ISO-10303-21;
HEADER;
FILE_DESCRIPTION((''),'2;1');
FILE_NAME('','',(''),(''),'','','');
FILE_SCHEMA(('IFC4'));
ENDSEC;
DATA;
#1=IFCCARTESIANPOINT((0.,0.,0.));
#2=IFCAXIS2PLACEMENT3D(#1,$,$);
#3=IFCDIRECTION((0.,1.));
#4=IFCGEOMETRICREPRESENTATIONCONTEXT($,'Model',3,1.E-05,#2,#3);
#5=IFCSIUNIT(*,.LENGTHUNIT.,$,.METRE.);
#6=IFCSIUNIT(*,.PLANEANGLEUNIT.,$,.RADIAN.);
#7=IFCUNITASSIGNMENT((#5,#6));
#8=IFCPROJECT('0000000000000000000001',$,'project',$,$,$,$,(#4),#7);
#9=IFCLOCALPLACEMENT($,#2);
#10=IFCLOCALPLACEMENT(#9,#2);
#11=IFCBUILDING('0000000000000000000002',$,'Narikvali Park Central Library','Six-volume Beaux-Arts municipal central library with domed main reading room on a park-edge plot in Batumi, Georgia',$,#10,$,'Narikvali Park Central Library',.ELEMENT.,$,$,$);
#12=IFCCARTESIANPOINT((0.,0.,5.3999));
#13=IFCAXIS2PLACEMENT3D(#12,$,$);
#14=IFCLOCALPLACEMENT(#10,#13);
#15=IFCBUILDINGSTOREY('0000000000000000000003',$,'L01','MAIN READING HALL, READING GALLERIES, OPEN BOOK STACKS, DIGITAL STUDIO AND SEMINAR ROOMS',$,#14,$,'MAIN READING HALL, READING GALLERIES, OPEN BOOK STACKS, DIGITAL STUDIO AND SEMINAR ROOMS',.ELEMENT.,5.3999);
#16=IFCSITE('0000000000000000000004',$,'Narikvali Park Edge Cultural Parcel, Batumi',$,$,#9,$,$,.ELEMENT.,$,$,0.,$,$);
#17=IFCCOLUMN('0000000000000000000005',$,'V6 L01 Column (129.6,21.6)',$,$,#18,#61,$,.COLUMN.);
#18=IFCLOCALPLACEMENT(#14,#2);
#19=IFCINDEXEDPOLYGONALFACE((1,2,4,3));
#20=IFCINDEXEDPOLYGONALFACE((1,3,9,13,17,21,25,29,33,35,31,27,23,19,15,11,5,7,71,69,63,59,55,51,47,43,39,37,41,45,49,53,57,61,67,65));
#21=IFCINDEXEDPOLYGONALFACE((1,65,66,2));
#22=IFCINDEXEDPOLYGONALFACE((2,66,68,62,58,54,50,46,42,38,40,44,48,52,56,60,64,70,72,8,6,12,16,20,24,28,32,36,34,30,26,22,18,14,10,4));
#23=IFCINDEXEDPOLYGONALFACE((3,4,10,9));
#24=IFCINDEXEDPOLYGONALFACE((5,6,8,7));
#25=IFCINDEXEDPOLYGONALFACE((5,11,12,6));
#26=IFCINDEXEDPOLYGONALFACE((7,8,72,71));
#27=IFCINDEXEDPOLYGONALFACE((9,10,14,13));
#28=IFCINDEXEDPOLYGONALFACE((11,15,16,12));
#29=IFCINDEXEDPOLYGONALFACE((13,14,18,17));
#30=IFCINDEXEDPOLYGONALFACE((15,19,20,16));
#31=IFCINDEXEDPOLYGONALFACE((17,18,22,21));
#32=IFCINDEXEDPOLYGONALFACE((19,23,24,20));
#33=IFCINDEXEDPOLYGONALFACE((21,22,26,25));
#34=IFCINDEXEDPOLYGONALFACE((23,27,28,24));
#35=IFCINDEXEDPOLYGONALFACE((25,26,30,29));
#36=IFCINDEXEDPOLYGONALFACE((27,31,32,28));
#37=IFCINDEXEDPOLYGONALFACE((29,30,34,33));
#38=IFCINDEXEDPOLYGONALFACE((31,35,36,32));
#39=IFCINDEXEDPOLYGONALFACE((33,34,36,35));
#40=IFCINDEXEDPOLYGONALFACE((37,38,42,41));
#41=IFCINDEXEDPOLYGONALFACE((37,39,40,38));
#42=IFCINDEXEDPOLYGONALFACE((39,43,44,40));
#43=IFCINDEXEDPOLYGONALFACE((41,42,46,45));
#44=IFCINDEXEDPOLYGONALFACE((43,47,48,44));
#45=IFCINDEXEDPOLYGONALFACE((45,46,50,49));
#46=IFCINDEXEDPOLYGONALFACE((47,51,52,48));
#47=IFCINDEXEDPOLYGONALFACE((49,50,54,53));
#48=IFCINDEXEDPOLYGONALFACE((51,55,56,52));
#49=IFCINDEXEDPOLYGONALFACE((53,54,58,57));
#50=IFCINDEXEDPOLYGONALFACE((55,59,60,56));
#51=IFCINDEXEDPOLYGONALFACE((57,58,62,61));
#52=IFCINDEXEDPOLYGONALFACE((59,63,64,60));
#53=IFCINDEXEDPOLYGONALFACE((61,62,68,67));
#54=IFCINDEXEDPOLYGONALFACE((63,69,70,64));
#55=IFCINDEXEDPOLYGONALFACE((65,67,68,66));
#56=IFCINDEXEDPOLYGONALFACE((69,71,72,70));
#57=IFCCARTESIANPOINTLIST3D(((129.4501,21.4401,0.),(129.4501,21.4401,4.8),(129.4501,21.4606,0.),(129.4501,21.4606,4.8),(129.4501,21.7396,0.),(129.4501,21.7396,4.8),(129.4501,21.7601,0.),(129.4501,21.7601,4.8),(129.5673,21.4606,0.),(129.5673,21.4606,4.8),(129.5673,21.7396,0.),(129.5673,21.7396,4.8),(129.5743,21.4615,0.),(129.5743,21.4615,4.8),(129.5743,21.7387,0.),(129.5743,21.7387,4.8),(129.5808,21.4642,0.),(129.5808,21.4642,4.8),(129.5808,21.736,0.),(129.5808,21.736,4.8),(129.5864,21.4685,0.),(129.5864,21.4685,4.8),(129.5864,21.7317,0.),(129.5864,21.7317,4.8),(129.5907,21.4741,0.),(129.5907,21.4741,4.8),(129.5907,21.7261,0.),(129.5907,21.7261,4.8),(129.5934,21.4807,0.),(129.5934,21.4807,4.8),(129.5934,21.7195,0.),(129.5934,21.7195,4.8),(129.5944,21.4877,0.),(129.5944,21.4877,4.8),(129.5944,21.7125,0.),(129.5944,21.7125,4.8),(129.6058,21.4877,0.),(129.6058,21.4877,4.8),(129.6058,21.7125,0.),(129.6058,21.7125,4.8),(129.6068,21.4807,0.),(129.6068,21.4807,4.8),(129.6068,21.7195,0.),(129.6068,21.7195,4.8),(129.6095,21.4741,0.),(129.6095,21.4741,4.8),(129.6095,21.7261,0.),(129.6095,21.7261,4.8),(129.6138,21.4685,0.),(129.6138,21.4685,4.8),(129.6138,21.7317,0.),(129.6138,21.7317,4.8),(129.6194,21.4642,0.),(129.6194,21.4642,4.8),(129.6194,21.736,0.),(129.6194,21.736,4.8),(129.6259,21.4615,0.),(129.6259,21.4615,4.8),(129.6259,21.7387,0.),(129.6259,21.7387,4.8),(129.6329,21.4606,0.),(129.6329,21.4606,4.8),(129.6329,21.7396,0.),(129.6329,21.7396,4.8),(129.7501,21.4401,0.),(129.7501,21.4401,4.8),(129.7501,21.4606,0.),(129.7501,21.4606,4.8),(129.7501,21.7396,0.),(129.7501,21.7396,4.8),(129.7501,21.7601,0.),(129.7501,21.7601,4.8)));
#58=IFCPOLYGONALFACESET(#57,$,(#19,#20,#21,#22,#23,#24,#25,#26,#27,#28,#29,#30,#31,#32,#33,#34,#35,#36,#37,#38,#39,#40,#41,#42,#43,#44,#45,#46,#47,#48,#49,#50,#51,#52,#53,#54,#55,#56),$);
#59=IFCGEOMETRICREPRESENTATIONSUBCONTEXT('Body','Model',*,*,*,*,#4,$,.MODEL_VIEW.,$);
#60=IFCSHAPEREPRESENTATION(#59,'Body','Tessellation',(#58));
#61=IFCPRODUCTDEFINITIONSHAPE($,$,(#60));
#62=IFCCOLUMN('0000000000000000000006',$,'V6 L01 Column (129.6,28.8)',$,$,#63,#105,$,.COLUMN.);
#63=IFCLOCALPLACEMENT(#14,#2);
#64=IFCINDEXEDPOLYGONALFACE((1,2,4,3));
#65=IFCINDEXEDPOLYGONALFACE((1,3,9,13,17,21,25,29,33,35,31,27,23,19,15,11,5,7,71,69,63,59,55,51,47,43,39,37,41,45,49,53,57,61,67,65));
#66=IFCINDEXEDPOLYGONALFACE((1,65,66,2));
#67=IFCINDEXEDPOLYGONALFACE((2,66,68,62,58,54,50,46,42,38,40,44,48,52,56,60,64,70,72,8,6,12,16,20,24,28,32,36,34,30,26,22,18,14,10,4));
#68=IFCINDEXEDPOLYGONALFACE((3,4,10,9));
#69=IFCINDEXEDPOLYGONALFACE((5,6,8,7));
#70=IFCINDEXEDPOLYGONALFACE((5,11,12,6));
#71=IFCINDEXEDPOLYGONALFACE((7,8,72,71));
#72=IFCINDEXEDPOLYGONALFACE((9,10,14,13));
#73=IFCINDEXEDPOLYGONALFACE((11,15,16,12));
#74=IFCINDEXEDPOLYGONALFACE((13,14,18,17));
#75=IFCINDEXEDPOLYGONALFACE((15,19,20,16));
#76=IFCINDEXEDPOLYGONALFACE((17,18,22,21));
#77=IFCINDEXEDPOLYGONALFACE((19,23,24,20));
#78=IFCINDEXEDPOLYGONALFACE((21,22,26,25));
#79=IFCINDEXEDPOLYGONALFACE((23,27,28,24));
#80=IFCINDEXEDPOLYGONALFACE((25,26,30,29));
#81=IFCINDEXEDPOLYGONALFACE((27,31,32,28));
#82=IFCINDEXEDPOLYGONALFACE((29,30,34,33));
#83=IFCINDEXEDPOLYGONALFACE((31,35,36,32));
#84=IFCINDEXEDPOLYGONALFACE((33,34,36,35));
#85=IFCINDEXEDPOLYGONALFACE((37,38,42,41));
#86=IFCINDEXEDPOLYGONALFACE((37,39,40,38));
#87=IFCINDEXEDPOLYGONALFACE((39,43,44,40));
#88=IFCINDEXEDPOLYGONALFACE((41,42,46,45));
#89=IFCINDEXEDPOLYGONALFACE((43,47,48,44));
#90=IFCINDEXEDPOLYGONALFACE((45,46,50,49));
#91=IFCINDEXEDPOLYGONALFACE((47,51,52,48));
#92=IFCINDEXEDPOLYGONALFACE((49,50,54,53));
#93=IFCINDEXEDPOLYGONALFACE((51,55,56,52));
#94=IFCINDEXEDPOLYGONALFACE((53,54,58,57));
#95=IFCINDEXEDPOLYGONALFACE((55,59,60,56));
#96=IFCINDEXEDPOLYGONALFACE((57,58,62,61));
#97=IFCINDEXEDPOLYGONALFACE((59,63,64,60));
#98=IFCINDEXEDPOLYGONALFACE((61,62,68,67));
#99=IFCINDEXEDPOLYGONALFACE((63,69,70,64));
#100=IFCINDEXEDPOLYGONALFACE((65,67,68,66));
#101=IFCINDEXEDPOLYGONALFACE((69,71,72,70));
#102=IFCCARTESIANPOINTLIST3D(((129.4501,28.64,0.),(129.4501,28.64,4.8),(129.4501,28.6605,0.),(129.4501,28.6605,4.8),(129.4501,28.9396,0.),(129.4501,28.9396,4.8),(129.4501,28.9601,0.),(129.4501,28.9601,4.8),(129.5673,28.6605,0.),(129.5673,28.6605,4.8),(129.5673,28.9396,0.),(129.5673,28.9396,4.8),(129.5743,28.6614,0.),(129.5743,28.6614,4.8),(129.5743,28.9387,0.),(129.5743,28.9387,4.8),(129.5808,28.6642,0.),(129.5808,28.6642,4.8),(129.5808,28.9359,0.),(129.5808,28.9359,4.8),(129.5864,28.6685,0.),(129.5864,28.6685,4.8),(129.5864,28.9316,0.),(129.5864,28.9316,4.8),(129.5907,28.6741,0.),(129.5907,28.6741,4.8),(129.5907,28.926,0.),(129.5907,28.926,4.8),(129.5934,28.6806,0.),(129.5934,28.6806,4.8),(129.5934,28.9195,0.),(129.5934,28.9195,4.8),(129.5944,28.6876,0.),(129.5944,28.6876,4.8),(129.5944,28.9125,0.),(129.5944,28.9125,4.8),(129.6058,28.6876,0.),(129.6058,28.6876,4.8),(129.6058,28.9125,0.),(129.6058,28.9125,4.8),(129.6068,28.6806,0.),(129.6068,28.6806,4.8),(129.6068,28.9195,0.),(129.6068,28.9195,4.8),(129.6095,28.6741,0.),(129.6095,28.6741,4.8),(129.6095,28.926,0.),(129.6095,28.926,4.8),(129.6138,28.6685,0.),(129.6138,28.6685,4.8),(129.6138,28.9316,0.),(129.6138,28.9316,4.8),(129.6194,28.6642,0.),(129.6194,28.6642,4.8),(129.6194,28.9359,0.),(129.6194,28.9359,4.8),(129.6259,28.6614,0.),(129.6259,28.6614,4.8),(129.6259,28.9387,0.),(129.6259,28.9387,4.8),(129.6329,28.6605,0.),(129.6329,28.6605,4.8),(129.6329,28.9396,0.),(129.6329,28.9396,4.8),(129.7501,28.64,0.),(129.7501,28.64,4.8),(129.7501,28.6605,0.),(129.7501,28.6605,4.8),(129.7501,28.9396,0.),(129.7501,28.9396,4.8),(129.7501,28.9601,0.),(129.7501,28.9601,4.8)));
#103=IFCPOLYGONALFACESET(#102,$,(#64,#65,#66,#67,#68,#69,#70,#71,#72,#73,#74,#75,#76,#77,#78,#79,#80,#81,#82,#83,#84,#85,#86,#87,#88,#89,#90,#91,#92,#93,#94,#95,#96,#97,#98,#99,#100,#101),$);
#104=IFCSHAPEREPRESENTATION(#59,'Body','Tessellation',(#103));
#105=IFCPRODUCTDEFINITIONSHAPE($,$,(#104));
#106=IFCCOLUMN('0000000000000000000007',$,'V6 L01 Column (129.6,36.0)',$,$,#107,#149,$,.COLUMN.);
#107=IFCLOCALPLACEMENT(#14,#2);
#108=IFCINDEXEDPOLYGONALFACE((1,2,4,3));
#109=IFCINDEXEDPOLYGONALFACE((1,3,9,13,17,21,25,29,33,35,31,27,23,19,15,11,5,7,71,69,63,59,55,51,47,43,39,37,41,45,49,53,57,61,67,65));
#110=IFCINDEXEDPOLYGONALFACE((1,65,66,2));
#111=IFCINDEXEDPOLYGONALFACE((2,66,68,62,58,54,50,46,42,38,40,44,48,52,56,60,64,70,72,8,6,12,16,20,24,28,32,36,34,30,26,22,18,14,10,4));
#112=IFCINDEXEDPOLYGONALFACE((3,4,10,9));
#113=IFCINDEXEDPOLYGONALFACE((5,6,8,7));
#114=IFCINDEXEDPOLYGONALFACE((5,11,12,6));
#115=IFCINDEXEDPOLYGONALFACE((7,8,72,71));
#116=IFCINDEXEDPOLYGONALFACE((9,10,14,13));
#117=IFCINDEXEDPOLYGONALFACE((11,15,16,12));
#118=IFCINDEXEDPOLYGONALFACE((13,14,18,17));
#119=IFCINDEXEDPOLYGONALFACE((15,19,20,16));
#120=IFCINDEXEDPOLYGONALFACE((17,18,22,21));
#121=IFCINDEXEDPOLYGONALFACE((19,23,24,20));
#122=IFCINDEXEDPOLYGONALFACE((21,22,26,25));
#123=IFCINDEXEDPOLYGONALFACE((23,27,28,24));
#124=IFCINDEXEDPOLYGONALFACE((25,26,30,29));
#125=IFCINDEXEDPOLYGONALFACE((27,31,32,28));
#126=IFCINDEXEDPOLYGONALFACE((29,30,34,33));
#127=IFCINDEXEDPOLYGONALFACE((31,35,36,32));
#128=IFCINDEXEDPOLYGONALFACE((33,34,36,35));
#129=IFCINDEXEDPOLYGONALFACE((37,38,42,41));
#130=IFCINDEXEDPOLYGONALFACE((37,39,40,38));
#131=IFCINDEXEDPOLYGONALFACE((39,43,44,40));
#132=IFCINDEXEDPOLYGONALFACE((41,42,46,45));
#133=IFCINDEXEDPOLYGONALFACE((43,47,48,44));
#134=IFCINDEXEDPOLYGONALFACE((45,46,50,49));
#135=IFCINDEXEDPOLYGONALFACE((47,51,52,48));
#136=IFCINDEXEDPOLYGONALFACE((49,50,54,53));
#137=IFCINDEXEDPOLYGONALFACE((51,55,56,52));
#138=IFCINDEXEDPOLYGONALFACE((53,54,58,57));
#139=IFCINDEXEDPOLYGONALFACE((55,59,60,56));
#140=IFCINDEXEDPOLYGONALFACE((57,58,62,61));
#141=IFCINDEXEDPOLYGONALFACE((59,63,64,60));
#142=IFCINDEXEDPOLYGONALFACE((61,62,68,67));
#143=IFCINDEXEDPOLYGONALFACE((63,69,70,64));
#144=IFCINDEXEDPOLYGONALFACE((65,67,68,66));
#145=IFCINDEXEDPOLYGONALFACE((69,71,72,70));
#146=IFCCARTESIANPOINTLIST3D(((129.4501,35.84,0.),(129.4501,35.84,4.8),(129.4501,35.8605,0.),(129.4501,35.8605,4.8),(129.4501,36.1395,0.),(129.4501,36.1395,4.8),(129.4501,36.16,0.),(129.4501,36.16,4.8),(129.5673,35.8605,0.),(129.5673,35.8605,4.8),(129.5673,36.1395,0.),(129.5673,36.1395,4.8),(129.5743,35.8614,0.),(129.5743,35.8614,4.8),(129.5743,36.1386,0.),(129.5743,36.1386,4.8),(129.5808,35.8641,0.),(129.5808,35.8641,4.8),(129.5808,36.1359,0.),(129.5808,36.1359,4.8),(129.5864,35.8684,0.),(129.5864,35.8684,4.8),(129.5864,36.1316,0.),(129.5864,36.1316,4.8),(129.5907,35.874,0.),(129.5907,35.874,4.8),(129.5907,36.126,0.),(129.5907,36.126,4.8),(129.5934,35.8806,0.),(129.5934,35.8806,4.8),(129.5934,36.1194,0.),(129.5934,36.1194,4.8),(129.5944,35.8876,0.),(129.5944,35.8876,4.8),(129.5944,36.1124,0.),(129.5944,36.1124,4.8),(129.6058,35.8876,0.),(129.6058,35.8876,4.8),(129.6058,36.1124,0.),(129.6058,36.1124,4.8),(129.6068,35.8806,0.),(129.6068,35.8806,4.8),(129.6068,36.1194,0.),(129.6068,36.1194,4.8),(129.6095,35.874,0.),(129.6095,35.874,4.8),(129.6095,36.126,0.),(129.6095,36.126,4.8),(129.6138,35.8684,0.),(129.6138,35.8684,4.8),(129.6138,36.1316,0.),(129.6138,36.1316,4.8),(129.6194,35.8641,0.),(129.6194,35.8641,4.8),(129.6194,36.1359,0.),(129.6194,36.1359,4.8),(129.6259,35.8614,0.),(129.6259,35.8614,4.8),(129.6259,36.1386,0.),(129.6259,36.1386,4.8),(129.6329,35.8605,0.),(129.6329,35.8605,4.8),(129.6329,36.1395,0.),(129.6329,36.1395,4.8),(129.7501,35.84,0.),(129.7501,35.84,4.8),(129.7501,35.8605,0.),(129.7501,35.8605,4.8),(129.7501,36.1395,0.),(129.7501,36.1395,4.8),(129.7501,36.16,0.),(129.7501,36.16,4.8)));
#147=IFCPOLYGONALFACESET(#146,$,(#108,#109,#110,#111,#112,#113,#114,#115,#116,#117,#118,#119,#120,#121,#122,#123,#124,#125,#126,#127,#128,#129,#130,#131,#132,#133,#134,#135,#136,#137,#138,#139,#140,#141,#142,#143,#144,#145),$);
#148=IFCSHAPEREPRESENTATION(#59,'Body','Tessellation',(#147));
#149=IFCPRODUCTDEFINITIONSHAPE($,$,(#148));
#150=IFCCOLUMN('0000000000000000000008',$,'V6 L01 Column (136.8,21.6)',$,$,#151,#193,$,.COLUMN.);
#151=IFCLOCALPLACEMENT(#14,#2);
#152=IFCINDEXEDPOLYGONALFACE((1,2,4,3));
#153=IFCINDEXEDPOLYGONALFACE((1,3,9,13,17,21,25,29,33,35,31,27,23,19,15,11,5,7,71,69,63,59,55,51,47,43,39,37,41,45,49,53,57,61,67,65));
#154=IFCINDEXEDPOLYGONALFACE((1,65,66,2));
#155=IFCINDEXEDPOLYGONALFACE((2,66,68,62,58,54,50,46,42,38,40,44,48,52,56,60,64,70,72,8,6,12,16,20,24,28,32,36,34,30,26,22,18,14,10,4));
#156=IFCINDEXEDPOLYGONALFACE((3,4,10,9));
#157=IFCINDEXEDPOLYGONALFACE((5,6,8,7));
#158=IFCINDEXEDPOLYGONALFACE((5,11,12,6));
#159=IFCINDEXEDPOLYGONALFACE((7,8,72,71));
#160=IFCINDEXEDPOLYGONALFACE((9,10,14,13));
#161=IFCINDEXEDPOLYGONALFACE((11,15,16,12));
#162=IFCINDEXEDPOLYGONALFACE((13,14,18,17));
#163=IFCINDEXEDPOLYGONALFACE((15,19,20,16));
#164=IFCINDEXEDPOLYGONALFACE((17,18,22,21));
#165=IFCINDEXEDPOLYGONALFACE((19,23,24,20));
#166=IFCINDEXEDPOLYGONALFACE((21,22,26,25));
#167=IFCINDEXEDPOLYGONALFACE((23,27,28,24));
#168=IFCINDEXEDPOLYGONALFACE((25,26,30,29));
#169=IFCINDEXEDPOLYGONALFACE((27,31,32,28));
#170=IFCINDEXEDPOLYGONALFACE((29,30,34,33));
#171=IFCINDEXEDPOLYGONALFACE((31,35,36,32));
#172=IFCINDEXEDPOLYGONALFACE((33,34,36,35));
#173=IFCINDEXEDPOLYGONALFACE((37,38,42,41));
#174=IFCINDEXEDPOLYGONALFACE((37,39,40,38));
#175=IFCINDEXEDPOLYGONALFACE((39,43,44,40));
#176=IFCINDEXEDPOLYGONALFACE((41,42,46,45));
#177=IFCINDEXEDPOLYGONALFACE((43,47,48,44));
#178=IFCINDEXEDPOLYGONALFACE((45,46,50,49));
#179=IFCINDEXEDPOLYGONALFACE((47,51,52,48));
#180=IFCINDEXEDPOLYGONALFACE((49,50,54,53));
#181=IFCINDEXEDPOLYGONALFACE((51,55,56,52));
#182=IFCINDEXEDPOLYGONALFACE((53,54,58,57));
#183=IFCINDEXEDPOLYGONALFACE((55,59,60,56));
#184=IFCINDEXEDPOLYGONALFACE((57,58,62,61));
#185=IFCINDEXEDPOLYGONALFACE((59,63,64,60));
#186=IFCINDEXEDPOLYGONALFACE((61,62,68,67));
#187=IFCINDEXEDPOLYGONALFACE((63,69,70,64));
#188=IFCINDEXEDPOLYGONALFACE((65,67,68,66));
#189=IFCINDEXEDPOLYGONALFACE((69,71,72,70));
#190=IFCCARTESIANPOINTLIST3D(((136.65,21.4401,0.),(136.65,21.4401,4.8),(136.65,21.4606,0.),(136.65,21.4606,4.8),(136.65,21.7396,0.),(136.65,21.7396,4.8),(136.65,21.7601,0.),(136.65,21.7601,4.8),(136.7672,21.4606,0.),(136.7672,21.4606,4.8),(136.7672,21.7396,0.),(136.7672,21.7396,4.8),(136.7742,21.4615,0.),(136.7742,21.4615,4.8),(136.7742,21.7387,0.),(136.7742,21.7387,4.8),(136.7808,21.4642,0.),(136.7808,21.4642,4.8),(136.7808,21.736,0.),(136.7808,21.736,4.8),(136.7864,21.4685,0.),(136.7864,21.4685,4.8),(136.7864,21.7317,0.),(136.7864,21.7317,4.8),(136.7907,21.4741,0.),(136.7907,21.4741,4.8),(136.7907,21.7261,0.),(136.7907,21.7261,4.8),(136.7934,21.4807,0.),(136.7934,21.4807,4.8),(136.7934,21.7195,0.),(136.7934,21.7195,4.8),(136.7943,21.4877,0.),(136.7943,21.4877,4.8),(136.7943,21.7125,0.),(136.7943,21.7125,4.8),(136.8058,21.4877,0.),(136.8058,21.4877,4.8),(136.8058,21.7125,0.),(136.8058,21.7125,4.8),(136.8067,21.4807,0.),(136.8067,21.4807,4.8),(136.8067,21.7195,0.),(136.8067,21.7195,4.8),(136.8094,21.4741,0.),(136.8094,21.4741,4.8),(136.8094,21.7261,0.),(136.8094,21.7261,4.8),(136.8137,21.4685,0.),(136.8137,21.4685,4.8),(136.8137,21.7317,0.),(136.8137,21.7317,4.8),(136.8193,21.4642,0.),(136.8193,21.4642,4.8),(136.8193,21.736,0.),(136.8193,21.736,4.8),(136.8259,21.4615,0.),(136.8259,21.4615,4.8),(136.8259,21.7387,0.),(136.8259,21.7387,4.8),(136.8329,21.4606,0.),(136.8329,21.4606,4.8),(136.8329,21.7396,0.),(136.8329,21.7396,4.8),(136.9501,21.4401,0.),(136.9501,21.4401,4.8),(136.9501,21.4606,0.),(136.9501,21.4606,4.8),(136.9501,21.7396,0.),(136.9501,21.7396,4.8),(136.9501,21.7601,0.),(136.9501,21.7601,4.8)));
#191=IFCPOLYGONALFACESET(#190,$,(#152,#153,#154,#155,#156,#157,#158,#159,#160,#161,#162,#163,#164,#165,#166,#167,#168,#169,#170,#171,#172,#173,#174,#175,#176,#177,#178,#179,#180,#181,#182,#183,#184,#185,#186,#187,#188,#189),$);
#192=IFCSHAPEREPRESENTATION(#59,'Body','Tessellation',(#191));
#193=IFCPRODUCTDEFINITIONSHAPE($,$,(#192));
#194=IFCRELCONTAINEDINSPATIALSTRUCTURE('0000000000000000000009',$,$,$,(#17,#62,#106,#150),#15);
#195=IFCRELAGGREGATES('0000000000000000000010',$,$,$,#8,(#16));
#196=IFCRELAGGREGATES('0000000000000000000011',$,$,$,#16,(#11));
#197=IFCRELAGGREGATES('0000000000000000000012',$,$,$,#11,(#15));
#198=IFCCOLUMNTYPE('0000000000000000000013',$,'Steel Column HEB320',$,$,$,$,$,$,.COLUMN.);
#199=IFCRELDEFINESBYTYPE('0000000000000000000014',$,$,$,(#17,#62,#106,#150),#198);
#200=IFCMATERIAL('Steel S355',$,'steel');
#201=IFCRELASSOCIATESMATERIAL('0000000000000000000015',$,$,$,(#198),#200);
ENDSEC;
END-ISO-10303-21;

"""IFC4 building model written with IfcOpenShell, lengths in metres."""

from ifc_helpers import new_model, si_unit, direction, frame, origin, origin_2d, place, context, subcontext, project, spatial, i_section, extrude, material, material_profile, profile_set, type_object, element, save


model = new_model("IFC4")

# Units and contexts
model_context = context("Model", 3, precision=1e-05, world=origin(), true_north=direction((0.0, 1.0)))
body_context = subcontext(model_context, "Body", "Model", "MODEL_VIEW")
ifc_project = project(units=[si_unit("LENGTHUNIT", "METRE"), si_unit("PLANEANGLEUNIT", "RADIAN")], contexts=[model_context])

# Site, building, storey
site_placement = place(None, origin())
site = spatial("IfcSite", under=ifc_project, at=site_placement, Name="Narikvali Park Edge Cultural Parcel, Batumi", CompositionType="ELEMENT", RefElevation=0.0)
building_placement = place(site_placement, origin())
building = spatial("IfcBuilding", under=site, at=building_placement, Name="Narikvali Park Central Library", Description="Six-volume Beaux-Arts municipal central library with domed main reading room on a park-edge plot in Batumi, Georgia", LongName="Narikvali Park Central Library", CompositionType="ELEMENT")
storey_placement = place(building_placement, frame((0.0, 0.0, 5.3999)))
storey = spatial("IfcBuildingStorey", under=building, at=storey_placement, Name="L01", Description="MAIN READING HALL, READING GALLERIES, OPEN BOOK STACKS, DIGITAL STUDIO AND SEMINAR ROOMS", LongName="MAIN READING HALL, READING GALLERIES, OPEN BOOK STACKS, DIGITAL STUDIO AND SEMINAR ROOMS", CompositionType="ELEMENT", Elevation=5.3999)

# Columns
ifc_material_1 = material(Name="Steel S355", Category="steel")
ifc_material_profile_1 = material_profile(ifc_material_1, i_section(OverallWidth=0.3, OverallDepth=0.3201, WebThickness=0.0115, FlangeThickness=0.0205, FilletRadius=0.0271, at=origin_2d()), Name="HEB 320")
ifc_profile_set_1 = profile_set([ifc_material_profile_1], Name="Steel S355")
column_type = type_object("IfcColumnType", Name="Steel Column HEB320", PredefinedType="COLUMN", material=ifc_profile_set_1)
for number, where, z_axis, x_axis, name in (
    (1, (129.6001, 21.6001, 0.0), (0.0, 0.0, 1.0), (1.0, 0.0, 0.0), "V6 L01 Column (129.6,21.6)"),
    (2, (129.6001, 28.8, 0.0), (0.0, 0.0, 1.0), (1.0, 0.0, 0.0), "V6 L01 Column (129.6,28.8)"),
    (3, (129.6001, 36.0, 0.0), (0.0, 0.0, 1.0), (1.0, 0.0, 0.0), "V6 L01 Column (129.6,36.0)"),
    (4, (136.8, 21.6001, 0.0), (0.0, 0.0, 1.0), (1.0, 0.0, 0.0), "V6 L01 Column (136.8,21.6)"),
):
    element("IfcColumn", number, at=place(storey_placement, frame(where, z_axis=z_axis, x_axis=x_axis)), inside=storey, type_object=column_type, Name=name, PredefinedType="COLUMN", context=body_context, shape_type="SweptSolid", body=[
        extrude(i_section(OverallWidth=0.3, OverallDepth=0.3201, WebThickness=0.0115, FlangeThickness=0.0205, FilletRadius=0.0271, at=origin_2d()), origin(), (0.0, 0.0, 1.0), 4.8),
    ])

save(model, "model.ifc")
